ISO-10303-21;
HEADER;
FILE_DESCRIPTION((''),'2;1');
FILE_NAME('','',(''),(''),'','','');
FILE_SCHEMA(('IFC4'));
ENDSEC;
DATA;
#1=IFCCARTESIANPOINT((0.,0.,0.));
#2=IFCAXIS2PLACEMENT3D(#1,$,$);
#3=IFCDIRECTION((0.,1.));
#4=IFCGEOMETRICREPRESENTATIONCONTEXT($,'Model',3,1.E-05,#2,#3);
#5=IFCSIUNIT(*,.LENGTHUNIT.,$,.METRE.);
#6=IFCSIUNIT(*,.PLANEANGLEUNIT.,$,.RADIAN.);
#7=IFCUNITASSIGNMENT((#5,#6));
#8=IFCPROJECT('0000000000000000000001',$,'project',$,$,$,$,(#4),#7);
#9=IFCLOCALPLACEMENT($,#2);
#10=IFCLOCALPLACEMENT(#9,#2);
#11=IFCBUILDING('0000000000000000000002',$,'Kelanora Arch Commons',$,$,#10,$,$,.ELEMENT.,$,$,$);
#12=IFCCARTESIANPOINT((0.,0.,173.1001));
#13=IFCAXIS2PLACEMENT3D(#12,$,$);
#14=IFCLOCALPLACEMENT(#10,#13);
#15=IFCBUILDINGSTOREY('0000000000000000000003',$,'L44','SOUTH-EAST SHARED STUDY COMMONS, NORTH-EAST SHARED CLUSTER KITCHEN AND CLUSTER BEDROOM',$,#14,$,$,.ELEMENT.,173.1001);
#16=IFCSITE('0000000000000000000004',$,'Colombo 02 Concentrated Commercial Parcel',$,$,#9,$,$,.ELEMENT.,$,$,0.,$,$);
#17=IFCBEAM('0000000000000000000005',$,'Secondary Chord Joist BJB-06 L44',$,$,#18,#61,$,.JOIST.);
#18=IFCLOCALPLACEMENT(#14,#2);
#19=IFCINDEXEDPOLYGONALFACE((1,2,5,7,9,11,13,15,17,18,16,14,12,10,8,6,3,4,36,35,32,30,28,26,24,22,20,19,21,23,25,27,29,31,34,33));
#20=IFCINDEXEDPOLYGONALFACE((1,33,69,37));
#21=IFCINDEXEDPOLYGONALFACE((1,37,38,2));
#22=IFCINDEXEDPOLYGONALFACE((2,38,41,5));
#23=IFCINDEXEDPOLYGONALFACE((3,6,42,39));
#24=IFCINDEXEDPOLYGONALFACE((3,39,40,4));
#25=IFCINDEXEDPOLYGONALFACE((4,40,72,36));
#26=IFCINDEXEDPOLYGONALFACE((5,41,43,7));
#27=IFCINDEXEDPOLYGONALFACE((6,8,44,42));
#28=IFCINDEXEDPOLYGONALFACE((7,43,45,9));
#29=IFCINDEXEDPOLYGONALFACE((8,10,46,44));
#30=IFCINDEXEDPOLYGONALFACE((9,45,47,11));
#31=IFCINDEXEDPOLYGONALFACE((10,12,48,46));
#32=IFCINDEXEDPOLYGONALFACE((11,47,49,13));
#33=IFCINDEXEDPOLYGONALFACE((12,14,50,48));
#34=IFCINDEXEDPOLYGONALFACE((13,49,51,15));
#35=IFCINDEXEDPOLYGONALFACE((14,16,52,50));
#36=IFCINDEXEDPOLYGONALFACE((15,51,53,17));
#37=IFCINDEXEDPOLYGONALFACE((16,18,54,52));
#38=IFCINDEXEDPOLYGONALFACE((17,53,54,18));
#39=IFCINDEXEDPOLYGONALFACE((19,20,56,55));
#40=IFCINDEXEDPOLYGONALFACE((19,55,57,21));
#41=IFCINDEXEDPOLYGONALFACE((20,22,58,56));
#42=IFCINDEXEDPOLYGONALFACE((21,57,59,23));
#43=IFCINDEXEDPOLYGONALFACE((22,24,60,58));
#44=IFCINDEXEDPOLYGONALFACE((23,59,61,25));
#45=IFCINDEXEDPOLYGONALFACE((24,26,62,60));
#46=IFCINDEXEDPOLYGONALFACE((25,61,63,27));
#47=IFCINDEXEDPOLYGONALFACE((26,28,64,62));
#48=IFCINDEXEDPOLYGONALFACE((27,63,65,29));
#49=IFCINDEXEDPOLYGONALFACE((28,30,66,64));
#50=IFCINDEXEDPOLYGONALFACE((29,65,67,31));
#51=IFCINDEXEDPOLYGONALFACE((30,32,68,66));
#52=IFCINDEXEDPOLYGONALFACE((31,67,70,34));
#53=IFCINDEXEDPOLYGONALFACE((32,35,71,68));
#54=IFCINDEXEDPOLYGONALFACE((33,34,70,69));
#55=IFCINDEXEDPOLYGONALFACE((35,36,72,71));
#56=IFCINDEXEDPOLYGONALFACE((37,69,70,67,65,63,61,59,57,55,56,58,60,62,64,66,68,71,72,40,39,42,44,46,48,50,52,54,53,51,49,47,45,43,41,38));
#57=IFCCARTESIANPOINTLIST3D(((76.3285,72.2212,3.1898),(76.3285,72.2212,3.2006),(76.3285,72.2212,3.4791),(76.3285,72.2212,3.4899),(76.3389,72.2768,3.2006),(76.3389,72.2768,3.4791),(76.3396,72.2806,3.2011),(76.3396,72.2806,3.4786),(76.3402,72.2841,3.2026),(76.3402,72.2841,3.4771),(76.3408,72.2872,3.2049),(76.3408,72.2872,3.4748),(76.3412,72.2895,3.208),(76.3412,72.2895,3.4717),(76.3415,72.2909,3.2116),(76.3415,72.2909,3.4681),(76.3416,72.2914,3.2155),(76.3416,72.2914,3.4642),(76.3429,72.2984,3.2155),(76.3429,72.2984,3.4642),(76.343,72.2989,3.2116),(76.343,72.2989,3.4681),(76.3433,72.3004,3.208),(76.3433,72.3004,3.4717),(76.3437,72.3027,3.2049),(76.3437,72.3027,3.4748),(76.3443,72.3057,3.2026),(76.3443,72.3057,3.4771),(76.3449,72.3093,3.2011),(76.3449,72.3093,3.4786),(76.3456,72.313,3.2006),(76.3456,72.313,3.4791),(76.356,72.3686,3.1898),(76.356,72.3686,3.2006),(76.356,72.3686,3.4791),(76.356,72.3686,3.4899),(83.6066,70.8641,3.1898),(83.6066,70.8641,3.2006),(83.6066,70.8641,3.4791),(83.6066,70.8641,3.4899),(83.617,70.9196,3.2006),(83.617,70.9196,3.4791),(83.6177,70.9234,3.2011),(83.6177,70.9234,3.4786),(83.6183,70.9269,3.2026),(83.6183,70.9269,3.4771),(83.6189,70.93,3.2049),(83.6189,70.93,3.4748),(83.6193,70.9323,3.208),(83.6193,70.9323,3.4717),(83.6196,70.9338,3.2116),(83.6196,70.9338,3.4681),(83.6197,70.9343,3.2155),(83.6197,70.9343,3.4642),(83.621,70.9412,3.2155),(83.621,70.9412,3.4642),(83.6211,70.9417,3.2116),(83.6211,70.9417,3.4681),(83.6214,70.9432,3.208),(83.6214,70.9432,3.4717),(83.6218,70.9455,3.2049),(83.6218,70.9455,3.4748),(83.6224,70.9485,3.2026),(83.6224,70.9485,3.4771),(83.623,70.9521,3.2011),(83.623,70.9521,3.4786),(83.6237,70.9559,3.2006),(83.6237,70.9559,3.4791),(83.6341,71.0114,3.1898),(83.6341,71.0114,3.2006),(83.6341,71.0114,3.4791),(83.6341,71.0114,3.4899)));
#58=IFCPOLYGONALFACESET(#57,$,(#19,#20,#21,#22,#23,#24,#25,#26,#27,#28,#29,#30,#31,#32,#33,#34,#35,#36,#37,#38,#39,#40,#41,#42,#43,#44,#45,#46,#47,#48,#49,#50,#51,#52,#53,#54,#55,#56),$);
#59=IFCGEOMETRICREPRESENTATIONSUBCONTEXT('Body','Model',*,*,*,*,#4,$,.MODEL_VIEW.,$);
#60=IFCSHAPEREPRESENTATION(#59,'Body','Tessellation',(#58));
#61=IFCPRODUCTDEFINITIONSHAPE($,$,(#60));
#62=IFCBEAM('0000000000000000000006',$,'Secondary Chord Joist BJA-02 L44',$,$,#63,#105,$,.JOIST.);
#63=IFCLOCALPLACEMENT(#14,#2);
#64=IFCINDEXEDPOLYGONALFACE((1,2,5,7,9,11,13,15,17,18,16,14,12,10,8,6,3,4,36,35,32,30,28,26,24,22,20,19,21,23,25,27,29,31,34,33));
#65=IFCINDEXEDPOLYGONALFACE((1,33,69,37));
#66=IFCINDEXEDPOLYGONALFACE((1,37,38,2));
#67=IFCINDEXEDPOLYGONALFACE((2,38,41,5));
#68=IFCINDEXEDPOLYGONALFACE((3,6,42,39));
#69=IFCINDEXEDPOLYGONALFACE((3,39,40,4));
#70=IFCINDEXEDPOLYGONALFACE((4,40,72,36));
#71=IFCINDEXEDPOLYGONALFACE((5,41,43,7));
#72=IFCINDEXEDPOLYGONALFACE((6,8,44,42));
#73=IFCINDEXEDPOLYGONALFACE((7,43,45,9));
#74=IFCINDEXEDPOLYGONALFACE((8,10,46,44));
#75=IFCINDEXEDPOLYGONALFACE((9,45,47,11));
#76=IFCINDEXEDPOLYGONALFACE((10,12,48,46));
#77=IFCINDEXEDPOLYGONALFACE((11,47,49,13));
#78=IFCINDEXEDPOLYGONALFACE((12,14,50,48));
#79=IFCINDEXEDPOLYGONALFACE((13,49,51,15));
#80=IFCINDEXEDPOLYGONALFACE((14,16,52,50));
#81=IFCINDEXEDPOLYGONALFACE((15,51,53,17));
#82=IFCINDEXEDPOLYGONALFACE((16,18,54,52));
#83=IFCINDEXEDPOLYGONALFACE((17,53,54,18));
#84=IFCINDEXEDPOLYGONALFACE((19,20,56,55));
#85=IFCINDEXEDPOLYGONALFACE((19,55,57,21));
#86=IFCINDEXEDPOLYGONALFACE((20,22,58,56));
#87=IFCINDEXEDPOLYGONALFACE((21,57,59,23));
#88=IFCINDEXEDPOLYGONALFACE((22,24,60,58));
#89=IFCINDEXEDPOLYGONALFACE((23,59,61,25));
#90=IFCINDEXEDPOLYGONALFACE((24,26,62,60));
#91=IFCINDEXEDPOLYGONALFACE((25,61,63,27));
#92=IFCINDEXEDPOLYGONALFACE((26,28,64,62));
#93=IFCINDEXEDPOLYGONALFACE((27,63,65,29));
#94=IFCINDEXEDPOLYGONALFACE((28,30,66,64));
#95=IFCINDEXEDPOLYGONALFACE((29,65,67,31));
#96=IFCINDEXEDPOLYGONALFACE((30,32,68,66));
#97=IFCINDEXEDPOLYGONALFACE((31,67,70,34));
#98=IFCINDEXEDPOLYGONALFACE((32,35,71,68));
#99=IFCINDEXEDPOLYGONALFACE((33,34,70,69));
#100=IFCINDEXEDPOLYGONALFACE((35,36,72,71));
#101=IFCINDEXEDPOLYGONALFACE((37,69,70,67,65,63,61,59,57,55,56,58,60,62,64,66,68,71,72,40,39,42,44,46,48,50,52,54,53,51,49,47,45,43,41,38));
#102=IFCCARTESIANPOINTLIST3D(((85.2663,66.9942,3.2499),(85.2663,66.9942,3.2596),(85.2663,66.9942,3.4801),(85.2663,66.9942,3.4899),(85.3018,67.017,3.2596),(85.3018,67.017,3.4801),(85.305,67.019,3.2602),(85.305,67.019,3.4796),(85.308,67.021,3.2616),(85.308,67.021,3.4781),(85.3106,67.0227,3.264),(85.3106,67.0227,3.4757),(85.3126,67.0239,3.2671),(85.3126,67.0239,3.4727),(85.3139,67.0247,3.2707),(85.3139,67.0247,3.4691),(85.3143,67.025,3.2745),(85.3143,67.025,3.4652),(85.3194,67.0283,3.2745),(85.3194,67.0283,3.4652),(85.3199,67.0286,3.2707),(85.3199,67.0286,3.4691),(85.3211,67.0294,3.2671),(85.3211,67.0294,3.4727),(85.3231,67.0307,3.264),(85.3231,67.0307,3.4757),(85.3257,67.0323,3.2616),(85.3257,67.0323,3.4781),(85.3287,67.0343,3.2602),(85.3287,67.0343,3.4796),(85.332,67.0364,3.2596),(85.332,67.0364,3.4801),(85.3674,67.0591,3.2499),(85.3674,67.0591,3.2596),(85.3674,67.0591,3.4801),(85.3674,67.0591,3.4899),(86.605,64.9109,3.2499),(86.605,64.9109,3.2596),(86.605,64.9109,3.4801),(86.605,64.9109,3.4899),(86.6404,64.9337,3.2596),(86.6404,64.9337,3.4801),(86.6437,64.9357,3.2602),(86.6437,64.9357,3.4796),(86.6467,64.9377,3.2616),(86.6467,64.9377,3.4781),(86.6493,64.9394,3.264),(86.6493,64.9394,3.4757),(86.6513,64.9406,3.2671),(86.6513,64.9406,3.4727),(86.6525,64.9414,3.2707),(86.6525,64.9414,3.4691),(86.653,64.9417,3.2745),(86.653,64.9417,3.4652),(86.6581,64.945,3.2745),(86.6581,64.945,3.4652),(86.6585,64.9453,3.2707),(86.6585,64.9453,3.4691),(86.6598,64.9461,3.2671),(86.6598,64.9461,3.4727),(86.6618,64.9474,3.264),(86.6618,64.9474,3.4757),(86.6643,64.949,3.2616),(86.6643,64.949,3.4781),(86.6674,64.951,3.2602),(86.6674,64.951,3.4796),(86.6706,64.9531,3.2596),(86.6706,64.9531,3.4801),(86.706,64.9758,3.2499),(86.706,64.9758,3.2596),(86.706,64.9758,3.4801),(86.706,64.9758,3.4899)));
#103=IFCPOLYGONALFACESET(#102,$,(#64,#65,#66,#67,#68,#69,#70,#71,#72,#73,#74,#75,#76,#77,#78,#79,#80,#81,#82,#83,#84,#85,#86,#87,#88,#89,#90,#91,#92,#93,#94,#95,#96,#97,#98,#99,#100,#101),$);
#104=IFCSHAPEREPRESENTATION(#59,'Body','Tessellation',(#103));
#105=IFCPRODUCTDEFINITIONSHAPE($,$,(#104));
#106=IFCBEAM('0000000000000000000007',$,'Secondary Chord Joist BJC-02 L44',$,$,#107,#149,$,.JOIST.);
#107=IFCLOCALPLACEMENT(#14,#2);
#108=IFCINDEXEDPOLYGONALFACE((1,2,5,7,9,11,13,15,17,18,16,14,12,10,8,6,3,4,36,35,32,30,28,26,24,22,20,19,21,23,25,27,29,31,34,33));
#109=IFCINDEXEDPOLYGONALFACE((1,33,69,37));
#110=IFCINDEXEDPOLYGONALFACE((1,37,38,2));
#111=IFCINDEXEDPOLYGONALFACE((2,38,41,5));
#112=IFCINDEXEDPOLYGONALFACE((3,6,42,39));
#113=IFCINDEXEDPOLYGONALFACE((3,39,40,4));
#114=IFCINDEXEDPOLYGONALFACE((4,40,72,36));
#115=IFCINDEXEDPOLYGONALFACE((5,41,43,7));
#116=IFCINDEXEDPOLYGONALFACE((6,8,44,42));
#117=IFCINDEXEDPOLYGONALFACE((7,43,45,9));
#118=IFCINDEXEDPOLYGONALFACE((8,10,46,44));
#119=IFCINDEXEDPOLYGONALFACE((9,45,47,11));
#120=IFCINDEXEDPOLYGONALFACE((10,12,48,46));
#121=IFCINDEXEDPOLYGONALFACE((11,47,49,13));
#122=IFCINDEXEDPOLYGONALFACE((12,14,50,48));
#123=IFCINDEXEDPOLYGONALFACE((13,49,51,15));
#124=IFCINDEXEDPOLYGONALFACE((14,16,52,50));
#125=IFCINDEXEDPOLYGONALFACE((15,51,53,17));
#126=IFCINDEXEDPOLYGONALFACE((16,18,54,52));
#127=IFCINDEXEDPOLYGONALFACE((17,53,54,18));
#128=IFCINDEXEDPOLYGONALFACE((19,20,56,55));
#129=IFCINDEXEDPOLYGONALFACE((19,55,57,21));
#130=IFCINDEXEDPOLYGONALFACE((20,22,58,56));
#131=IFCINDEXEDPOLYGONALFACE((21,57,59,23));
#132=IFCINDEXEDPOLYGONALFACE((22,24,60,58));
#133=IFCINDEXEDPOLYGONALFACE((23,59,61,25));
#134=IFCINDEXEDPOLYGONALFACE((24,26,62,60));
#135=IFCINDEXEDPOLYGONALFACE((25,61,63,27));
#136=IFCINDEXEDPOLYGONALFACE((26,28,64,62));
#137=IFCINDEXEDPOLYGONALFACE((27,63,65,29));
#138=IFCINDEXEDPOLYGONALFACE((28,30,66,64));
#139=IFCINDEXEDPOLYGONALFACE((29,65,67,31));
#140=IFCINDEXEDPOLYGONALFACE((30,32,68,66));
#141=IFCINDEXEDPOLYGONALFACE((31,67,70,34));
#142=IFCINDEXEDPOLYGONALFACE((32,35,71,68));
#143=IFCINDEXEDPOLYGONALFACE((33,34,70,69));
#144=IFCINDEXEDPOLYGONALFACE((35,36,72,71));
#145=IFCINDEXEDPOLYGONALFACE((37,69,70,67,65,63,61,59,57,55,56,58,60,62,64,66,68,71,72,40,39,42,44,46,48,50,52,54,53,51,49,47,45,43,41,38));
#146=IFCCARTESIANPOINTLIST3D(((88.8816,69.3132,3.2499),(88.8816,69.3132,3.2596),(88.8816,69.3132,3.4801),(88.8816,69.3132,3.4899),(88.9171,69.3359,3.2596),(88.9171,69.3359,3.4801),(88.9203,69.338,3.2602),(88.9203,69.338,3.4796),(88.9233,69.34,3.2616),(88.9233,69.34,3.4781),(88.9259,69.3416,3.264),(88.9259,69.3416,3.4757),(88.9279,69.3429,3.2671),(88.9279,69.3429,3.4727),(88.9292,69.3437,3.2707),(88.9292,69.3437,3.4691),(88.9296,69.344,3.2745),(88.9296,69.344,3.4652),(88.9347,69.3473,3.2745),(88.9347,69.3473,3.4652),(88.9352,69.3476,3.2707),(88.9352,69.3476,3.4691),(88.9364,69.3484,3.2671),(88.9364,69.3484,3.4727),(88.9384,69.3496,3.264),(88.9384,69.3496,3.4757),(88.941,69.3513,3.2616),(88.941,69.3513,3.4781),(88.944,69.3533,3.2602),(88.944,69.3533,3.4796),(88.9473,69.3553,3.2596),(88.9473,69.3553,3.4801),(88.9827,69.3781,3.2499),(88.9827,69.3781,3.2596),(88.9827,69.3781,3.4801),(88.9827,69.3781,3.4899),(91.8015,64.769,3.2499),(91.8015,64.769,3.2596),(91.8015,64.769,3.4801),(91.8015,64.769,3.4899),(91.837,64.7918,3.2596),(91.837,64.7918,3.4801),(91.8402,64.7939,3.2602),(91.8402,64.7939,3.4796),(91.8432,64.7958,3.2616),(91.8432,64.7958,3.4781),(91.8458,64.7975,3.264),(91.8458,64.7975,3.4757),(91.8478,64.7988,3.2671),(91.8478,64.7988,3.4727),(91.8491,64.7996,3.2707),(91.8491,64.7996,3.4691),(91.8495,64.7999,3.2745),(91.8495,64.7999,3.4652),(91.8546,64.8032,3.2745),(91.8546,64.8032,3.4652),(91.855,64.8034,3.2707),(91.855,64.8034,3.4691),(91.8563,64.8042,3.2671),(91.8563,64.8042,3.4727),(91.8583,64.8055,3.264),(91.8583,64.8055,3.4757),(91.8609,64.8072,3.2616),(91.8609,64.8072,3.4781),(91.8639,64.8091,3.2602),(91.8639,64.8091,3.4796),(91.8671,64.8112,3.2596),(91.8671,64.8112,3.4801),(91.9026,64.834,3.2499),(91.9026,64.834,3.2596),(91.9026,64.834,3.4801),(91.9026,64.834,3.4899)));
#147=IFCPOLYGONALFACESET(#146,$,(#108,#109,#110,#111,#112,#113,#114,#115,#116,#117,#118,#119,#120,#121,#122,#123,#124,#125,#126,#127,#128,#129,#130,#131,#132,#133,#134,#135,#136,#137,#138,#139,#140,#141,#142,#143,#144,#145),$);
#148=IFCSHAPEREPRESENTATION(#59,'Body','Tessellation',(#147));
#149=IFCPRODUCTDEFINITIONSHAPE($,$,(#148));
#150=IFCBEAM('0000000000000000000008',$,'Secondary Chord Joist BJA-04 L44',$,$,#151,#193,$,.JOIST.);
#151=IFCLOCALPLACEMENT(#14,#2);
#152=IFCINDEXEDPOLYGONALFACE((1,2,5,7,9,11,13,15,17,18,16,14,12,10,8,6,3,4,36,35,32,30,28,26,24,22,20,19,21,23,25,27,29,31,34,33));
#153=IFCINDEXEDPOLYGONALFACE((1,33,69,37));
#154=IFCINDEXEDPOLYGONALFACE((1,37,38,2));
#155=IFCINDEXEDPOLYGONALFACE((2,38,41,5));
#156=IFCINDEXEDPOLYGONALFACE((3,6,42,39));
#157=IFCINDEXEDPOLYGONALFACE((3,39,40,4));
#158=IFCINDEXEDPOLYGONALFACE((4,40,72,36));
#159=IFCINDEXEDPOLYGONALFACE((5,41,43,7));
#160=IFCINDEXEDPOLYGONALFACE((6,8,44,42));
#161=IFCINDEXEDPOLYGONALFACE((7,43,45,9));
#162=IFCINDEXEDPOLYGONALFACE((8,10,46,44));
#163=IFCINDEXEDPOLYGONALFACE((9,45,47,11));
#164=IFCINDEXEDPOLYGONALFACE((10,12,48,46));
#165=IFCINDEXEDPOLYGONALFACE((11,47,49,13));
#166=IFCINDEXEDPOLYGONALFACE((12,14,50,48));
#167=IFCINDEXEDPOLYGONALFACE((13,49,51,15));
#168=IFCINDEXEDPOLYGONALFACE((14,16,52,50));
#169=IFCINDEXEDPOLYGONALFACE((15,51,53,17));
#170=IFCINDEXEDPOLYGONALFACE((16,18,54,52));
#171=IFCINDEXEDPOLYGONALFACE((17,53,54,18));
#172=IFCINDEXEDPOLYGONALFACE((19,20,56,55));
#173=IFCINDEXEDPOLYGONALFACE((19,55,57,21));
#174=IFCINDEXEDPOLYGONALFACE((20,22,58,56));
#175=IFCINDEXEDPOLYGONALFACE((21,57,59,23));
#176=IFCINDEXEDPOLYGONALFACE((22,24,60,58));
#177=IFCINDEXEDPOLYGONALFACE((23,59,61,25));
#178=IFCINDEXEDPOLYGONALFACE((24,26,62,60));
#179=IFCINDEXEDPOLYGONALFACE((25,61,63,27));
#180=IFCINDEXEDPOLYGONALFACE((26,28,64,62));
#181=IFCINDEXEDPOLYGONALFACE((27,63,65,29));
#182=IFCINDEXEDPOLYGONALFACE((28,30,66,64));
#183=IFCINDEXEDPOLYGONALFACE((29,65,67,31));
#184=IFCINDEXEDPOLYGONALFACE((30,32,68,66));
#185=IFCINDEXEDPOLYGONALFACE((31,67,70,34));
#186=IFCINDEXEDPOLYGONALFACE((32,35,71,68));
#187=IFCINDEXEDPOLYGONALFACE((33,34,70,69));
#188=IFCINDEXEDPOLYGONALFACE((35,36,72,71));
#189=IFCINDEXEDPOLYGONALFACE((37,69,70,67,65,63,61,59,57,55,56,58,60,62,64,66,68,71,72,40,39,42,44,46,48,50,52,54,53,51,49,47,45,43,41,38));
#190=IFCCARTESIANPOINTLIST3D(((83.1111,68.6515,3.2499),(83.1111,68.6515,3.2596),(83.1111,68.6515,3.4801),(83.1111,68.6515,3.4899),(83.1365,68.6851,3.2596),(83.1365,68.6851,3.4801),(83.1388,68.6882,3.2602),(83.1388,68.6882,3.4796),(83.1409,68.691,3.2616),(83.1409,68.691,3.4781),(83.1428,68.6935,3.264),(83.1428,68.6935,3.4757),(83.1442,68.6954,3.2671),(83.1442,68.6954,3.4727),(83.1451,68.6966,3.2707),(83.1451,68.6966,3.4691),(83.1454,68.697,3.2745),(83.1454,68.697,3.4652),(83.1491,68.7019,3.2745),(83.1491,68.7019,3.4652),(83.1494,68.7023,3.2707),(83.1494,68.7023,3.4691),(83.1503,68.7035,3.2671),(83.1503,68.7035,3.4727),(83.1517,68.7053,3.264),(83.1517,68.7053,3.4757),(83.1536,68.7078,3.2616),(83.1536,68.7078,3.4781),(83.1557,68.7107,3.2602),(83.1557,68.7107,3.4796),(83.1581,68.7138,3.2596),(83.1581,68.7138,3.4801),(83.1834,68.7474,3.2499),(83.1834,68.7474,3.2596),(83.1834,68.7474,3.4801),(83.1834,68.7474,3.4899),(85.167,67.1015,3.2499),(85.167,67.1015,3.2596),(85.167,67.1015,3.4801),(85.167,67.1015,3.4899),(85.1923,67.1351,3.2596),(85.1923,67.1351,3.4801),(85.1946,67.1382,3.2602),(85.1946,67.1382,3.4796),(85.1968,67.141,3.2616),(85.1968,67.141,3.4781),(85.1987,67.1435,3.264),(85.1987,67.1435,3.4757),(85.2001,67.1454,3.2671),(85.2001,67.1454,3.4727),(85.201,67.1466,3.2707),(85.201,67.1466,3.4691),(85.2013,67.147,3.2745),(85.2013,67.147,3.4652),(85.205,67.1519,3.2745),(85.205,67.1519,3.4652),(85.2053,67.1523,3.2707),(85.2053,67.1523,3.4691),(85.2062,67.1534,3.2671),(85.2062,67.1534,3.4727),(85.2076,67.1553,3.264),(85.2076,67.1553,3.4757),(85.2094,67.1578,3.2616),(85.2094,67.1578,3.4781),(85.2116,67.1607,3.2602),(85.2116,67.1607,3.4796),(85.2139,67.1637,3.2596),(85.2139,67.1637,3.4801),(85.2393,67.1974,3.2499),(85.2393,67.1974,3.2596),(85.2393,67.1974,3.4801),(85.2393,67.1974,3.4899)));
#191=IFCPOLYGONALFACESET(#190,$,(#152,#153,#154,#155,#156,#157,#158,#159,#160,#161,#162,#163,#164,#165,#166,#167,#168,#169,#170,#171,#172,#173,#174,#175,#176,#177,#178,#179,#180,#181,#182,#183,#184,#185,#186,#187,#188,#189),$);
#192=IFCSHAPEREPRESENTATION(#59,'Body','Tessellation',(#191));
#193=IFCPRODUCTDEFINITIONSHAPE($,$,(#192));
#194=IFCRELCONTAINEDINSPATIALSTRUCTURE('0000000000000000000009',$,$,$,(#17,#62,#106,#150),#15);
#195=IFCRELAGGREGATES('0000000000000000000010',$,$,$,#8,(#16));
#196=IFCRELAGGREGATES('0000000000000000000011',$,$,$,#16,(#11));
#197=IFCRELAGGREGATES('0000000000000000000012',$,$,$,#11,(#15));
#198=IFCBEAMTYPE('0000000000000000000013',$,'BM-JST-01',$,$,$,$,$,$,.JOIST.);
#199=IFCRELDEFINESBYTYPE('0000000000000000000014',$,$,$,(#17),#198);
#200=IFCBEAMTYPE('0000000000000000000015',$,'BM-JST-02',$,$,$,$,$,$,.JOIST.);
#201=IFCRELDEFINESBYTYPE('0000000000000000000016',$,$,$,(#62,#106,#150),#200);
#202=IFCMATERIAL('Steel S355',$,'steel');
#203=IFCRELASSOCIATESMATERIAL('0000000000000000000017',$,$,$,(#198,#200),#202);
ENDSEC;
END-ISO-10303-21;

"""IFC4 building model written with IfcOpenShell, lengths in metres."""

from ifc_helpers import new_model, si_unit, direction, frame, origin, origin_2d, place, context, subcontext, project, spatial, i_section, extrude, material, material_profile, profile_set, type_object, element, save


model = new_model("IFC4")

# Units and contexts
model_context = context("Model", 3, precision=1e-05, world=origin(), true_north=direction((0.0, 1.0)))
body_context = subcontext(model_context, "Body", "Model", "MODEL_VIEW")
ifc_project = project(units=[si_unit("LENGTHUNIT", "METRE"), si_unit("PLANEANGLEUNIT", "RADIAN")], contexts=[model_context])

# Site, building, storey
site_placement = place(None, origin())
site = spatial("IfcSite", under=ifc_project, at=site_placement, Name="Colombo 02 Concentrated Commercial Parcel", CompositionType="ELEMENT", RefElevation=0.0)
building_placement = place(site_placement, origin())
building = spatial("IfcBuilding", under=site, at=building_placement, Name="Kelanora Arch Commons", CompositionType="ELEMENT")
storey_placement = place(building_placement, frame((0.0, 0.0, 173.1001)))
storey = spatial("IfcBuildingStorey", under=building, at=storey_placement, Name="L44", Description="SOUTH-EAST SHARED STUDY COMMONS, NORTH-EAST SHARED CLUSTER KITCHEN AND CLUSTER BEDROOM", CompositionType="ELEMENT", Elevation=173.1001)

# Beams
ifc_material_1 = material(Name="Steel S355", Category="steel")
ifc_material_profile_1 = material_profile(ifc_material_1, i_section(OverallWidth=0.1499, OverallDepth=0.3, WebThickness=0.0071, FlangeThickness=0.0107, FilletRadius=0.0149, at=origin_2d()), Name="IPE300")
ifc_profile_set_1 = profile_set([ifc_material_profile_1], Name="Steel S355")
beam_type_1 = type_object("IfcBeamType", Name="BM-JST-01", PredefinedType="JOIST", material=ifc_profile_set_1)
beam_1_placement = place(storey_placement, frame((83.6204, 70.9377, 3.3398), z_axis=(-0.983054, 0.183315, 0.0), x_axis=(-0.183315, -0.983054, 0.0)))
element("IfcBeam", 1, at=beam_1_placement, inside=storey, type_object=beam_type_1, Name="Secondary Chord Joist BJB-06 L44", PredefinedType="JOIST", context=body_context, shape_type="SweptSolid", body=[
    extrude(i_section(OverallWidth=0.1499, OverallDepth=0.3, WebThickness=0.0071, FlangeThickness=0.0107, FilletRadius=0.0149, at=origin_2d()), origin(), (0.0, 0.0, 1.0), 7.4036),
])
ifc_material_profile_2 = material_profile(ifc_material_1, i_section(OverallWidth=0.1201, OverallDepth=0.24, WebThickness=0.0061, FlangeThickness=0.0098, FilletRadius=0.0149, at=origin_2d()), Name="IPE240")
ifc_profile_set_2 = profile_set([ifc_material_profile_2], Name="Steel S355")
beam_type_2 = type_object("IfcBeamType", Name="BM-JST-02", PredefinedType="JOIST", material=ifc_profile_set_2)
beam_2_placement = place(storey_placement, frame((86.6555, 64.9434, 3.3699), z_axis=(-0.540583, 0.841291, 0.0), x_axis=(-0.841291, -0.540583, 0.0)))
element("IfcBeam", 2, at=beam_2_placement, inside=storey, type_object=beam_type_2, Name="Secondary Chord Joist BJA-02 L44", PredefinedType="JOIST", context=body_context, shape_type="SweptSolid", body=[
    extrude(i_section(OverallWidth=0.1201, OverallDepth=0.24, WebThickness=0.0061, FlangeThickness=0.0098, FilletRadius=0.0149, at=origin_2d()), origin(), (0.0, 0.0, 1.0), 2.4763),
])
beam_3_placement = place(storey_placement, frame((91.8521, 64.8015, 3.3699), z_axis=(-0.540582, 0.841292, 0.0), x_axis=(-0.841292, -0.540582, 0.0)))
element("IfcBeam", 3, at=beam_3_placement, inside=storey, type_object=beam_type_2, Name="Secondary Chord Joist BJC-02 L44", PredefinedType="JOIST", context=body_context, shape_type="SweptSolid", body=[
    extrude(i_section(OverallWidth=0.1201, OverallDepth=0.24, WebThickness=0.0061, FlangeThickness=0.0098, FilletRadius=0.0149, at=origin_2d()), origin(), (0.0, 0.0, 1.0), 5.4014),
])
beam_4_placement = place(storey_placement, frame((85.2031, 67.1494, 3.3699), z_axis=(-0.798484, 0.602016, 0.0), x_axis=(-0.602016, -0.798484, 0.0)))
element("IfcBeam", 4, at=beam_4_placement, inside=storey, type_object=beam_type_2, Name="Secondary Chord Joist BJA-04 L44", PredefinedType="JOIST", context=body_context, shape_type="SweptSolid", body=[
    extrude(i_section(OverallWidth=0.1201, OverallDepth=0.24, WebThickness=0.0061, FlangeThickness=0.0098, FilletRadius=0.0149, at=origin_2d()), origin(), (0.0, 0.0, 1.0), 2.5747),
])

save(model, "model.ifc")
